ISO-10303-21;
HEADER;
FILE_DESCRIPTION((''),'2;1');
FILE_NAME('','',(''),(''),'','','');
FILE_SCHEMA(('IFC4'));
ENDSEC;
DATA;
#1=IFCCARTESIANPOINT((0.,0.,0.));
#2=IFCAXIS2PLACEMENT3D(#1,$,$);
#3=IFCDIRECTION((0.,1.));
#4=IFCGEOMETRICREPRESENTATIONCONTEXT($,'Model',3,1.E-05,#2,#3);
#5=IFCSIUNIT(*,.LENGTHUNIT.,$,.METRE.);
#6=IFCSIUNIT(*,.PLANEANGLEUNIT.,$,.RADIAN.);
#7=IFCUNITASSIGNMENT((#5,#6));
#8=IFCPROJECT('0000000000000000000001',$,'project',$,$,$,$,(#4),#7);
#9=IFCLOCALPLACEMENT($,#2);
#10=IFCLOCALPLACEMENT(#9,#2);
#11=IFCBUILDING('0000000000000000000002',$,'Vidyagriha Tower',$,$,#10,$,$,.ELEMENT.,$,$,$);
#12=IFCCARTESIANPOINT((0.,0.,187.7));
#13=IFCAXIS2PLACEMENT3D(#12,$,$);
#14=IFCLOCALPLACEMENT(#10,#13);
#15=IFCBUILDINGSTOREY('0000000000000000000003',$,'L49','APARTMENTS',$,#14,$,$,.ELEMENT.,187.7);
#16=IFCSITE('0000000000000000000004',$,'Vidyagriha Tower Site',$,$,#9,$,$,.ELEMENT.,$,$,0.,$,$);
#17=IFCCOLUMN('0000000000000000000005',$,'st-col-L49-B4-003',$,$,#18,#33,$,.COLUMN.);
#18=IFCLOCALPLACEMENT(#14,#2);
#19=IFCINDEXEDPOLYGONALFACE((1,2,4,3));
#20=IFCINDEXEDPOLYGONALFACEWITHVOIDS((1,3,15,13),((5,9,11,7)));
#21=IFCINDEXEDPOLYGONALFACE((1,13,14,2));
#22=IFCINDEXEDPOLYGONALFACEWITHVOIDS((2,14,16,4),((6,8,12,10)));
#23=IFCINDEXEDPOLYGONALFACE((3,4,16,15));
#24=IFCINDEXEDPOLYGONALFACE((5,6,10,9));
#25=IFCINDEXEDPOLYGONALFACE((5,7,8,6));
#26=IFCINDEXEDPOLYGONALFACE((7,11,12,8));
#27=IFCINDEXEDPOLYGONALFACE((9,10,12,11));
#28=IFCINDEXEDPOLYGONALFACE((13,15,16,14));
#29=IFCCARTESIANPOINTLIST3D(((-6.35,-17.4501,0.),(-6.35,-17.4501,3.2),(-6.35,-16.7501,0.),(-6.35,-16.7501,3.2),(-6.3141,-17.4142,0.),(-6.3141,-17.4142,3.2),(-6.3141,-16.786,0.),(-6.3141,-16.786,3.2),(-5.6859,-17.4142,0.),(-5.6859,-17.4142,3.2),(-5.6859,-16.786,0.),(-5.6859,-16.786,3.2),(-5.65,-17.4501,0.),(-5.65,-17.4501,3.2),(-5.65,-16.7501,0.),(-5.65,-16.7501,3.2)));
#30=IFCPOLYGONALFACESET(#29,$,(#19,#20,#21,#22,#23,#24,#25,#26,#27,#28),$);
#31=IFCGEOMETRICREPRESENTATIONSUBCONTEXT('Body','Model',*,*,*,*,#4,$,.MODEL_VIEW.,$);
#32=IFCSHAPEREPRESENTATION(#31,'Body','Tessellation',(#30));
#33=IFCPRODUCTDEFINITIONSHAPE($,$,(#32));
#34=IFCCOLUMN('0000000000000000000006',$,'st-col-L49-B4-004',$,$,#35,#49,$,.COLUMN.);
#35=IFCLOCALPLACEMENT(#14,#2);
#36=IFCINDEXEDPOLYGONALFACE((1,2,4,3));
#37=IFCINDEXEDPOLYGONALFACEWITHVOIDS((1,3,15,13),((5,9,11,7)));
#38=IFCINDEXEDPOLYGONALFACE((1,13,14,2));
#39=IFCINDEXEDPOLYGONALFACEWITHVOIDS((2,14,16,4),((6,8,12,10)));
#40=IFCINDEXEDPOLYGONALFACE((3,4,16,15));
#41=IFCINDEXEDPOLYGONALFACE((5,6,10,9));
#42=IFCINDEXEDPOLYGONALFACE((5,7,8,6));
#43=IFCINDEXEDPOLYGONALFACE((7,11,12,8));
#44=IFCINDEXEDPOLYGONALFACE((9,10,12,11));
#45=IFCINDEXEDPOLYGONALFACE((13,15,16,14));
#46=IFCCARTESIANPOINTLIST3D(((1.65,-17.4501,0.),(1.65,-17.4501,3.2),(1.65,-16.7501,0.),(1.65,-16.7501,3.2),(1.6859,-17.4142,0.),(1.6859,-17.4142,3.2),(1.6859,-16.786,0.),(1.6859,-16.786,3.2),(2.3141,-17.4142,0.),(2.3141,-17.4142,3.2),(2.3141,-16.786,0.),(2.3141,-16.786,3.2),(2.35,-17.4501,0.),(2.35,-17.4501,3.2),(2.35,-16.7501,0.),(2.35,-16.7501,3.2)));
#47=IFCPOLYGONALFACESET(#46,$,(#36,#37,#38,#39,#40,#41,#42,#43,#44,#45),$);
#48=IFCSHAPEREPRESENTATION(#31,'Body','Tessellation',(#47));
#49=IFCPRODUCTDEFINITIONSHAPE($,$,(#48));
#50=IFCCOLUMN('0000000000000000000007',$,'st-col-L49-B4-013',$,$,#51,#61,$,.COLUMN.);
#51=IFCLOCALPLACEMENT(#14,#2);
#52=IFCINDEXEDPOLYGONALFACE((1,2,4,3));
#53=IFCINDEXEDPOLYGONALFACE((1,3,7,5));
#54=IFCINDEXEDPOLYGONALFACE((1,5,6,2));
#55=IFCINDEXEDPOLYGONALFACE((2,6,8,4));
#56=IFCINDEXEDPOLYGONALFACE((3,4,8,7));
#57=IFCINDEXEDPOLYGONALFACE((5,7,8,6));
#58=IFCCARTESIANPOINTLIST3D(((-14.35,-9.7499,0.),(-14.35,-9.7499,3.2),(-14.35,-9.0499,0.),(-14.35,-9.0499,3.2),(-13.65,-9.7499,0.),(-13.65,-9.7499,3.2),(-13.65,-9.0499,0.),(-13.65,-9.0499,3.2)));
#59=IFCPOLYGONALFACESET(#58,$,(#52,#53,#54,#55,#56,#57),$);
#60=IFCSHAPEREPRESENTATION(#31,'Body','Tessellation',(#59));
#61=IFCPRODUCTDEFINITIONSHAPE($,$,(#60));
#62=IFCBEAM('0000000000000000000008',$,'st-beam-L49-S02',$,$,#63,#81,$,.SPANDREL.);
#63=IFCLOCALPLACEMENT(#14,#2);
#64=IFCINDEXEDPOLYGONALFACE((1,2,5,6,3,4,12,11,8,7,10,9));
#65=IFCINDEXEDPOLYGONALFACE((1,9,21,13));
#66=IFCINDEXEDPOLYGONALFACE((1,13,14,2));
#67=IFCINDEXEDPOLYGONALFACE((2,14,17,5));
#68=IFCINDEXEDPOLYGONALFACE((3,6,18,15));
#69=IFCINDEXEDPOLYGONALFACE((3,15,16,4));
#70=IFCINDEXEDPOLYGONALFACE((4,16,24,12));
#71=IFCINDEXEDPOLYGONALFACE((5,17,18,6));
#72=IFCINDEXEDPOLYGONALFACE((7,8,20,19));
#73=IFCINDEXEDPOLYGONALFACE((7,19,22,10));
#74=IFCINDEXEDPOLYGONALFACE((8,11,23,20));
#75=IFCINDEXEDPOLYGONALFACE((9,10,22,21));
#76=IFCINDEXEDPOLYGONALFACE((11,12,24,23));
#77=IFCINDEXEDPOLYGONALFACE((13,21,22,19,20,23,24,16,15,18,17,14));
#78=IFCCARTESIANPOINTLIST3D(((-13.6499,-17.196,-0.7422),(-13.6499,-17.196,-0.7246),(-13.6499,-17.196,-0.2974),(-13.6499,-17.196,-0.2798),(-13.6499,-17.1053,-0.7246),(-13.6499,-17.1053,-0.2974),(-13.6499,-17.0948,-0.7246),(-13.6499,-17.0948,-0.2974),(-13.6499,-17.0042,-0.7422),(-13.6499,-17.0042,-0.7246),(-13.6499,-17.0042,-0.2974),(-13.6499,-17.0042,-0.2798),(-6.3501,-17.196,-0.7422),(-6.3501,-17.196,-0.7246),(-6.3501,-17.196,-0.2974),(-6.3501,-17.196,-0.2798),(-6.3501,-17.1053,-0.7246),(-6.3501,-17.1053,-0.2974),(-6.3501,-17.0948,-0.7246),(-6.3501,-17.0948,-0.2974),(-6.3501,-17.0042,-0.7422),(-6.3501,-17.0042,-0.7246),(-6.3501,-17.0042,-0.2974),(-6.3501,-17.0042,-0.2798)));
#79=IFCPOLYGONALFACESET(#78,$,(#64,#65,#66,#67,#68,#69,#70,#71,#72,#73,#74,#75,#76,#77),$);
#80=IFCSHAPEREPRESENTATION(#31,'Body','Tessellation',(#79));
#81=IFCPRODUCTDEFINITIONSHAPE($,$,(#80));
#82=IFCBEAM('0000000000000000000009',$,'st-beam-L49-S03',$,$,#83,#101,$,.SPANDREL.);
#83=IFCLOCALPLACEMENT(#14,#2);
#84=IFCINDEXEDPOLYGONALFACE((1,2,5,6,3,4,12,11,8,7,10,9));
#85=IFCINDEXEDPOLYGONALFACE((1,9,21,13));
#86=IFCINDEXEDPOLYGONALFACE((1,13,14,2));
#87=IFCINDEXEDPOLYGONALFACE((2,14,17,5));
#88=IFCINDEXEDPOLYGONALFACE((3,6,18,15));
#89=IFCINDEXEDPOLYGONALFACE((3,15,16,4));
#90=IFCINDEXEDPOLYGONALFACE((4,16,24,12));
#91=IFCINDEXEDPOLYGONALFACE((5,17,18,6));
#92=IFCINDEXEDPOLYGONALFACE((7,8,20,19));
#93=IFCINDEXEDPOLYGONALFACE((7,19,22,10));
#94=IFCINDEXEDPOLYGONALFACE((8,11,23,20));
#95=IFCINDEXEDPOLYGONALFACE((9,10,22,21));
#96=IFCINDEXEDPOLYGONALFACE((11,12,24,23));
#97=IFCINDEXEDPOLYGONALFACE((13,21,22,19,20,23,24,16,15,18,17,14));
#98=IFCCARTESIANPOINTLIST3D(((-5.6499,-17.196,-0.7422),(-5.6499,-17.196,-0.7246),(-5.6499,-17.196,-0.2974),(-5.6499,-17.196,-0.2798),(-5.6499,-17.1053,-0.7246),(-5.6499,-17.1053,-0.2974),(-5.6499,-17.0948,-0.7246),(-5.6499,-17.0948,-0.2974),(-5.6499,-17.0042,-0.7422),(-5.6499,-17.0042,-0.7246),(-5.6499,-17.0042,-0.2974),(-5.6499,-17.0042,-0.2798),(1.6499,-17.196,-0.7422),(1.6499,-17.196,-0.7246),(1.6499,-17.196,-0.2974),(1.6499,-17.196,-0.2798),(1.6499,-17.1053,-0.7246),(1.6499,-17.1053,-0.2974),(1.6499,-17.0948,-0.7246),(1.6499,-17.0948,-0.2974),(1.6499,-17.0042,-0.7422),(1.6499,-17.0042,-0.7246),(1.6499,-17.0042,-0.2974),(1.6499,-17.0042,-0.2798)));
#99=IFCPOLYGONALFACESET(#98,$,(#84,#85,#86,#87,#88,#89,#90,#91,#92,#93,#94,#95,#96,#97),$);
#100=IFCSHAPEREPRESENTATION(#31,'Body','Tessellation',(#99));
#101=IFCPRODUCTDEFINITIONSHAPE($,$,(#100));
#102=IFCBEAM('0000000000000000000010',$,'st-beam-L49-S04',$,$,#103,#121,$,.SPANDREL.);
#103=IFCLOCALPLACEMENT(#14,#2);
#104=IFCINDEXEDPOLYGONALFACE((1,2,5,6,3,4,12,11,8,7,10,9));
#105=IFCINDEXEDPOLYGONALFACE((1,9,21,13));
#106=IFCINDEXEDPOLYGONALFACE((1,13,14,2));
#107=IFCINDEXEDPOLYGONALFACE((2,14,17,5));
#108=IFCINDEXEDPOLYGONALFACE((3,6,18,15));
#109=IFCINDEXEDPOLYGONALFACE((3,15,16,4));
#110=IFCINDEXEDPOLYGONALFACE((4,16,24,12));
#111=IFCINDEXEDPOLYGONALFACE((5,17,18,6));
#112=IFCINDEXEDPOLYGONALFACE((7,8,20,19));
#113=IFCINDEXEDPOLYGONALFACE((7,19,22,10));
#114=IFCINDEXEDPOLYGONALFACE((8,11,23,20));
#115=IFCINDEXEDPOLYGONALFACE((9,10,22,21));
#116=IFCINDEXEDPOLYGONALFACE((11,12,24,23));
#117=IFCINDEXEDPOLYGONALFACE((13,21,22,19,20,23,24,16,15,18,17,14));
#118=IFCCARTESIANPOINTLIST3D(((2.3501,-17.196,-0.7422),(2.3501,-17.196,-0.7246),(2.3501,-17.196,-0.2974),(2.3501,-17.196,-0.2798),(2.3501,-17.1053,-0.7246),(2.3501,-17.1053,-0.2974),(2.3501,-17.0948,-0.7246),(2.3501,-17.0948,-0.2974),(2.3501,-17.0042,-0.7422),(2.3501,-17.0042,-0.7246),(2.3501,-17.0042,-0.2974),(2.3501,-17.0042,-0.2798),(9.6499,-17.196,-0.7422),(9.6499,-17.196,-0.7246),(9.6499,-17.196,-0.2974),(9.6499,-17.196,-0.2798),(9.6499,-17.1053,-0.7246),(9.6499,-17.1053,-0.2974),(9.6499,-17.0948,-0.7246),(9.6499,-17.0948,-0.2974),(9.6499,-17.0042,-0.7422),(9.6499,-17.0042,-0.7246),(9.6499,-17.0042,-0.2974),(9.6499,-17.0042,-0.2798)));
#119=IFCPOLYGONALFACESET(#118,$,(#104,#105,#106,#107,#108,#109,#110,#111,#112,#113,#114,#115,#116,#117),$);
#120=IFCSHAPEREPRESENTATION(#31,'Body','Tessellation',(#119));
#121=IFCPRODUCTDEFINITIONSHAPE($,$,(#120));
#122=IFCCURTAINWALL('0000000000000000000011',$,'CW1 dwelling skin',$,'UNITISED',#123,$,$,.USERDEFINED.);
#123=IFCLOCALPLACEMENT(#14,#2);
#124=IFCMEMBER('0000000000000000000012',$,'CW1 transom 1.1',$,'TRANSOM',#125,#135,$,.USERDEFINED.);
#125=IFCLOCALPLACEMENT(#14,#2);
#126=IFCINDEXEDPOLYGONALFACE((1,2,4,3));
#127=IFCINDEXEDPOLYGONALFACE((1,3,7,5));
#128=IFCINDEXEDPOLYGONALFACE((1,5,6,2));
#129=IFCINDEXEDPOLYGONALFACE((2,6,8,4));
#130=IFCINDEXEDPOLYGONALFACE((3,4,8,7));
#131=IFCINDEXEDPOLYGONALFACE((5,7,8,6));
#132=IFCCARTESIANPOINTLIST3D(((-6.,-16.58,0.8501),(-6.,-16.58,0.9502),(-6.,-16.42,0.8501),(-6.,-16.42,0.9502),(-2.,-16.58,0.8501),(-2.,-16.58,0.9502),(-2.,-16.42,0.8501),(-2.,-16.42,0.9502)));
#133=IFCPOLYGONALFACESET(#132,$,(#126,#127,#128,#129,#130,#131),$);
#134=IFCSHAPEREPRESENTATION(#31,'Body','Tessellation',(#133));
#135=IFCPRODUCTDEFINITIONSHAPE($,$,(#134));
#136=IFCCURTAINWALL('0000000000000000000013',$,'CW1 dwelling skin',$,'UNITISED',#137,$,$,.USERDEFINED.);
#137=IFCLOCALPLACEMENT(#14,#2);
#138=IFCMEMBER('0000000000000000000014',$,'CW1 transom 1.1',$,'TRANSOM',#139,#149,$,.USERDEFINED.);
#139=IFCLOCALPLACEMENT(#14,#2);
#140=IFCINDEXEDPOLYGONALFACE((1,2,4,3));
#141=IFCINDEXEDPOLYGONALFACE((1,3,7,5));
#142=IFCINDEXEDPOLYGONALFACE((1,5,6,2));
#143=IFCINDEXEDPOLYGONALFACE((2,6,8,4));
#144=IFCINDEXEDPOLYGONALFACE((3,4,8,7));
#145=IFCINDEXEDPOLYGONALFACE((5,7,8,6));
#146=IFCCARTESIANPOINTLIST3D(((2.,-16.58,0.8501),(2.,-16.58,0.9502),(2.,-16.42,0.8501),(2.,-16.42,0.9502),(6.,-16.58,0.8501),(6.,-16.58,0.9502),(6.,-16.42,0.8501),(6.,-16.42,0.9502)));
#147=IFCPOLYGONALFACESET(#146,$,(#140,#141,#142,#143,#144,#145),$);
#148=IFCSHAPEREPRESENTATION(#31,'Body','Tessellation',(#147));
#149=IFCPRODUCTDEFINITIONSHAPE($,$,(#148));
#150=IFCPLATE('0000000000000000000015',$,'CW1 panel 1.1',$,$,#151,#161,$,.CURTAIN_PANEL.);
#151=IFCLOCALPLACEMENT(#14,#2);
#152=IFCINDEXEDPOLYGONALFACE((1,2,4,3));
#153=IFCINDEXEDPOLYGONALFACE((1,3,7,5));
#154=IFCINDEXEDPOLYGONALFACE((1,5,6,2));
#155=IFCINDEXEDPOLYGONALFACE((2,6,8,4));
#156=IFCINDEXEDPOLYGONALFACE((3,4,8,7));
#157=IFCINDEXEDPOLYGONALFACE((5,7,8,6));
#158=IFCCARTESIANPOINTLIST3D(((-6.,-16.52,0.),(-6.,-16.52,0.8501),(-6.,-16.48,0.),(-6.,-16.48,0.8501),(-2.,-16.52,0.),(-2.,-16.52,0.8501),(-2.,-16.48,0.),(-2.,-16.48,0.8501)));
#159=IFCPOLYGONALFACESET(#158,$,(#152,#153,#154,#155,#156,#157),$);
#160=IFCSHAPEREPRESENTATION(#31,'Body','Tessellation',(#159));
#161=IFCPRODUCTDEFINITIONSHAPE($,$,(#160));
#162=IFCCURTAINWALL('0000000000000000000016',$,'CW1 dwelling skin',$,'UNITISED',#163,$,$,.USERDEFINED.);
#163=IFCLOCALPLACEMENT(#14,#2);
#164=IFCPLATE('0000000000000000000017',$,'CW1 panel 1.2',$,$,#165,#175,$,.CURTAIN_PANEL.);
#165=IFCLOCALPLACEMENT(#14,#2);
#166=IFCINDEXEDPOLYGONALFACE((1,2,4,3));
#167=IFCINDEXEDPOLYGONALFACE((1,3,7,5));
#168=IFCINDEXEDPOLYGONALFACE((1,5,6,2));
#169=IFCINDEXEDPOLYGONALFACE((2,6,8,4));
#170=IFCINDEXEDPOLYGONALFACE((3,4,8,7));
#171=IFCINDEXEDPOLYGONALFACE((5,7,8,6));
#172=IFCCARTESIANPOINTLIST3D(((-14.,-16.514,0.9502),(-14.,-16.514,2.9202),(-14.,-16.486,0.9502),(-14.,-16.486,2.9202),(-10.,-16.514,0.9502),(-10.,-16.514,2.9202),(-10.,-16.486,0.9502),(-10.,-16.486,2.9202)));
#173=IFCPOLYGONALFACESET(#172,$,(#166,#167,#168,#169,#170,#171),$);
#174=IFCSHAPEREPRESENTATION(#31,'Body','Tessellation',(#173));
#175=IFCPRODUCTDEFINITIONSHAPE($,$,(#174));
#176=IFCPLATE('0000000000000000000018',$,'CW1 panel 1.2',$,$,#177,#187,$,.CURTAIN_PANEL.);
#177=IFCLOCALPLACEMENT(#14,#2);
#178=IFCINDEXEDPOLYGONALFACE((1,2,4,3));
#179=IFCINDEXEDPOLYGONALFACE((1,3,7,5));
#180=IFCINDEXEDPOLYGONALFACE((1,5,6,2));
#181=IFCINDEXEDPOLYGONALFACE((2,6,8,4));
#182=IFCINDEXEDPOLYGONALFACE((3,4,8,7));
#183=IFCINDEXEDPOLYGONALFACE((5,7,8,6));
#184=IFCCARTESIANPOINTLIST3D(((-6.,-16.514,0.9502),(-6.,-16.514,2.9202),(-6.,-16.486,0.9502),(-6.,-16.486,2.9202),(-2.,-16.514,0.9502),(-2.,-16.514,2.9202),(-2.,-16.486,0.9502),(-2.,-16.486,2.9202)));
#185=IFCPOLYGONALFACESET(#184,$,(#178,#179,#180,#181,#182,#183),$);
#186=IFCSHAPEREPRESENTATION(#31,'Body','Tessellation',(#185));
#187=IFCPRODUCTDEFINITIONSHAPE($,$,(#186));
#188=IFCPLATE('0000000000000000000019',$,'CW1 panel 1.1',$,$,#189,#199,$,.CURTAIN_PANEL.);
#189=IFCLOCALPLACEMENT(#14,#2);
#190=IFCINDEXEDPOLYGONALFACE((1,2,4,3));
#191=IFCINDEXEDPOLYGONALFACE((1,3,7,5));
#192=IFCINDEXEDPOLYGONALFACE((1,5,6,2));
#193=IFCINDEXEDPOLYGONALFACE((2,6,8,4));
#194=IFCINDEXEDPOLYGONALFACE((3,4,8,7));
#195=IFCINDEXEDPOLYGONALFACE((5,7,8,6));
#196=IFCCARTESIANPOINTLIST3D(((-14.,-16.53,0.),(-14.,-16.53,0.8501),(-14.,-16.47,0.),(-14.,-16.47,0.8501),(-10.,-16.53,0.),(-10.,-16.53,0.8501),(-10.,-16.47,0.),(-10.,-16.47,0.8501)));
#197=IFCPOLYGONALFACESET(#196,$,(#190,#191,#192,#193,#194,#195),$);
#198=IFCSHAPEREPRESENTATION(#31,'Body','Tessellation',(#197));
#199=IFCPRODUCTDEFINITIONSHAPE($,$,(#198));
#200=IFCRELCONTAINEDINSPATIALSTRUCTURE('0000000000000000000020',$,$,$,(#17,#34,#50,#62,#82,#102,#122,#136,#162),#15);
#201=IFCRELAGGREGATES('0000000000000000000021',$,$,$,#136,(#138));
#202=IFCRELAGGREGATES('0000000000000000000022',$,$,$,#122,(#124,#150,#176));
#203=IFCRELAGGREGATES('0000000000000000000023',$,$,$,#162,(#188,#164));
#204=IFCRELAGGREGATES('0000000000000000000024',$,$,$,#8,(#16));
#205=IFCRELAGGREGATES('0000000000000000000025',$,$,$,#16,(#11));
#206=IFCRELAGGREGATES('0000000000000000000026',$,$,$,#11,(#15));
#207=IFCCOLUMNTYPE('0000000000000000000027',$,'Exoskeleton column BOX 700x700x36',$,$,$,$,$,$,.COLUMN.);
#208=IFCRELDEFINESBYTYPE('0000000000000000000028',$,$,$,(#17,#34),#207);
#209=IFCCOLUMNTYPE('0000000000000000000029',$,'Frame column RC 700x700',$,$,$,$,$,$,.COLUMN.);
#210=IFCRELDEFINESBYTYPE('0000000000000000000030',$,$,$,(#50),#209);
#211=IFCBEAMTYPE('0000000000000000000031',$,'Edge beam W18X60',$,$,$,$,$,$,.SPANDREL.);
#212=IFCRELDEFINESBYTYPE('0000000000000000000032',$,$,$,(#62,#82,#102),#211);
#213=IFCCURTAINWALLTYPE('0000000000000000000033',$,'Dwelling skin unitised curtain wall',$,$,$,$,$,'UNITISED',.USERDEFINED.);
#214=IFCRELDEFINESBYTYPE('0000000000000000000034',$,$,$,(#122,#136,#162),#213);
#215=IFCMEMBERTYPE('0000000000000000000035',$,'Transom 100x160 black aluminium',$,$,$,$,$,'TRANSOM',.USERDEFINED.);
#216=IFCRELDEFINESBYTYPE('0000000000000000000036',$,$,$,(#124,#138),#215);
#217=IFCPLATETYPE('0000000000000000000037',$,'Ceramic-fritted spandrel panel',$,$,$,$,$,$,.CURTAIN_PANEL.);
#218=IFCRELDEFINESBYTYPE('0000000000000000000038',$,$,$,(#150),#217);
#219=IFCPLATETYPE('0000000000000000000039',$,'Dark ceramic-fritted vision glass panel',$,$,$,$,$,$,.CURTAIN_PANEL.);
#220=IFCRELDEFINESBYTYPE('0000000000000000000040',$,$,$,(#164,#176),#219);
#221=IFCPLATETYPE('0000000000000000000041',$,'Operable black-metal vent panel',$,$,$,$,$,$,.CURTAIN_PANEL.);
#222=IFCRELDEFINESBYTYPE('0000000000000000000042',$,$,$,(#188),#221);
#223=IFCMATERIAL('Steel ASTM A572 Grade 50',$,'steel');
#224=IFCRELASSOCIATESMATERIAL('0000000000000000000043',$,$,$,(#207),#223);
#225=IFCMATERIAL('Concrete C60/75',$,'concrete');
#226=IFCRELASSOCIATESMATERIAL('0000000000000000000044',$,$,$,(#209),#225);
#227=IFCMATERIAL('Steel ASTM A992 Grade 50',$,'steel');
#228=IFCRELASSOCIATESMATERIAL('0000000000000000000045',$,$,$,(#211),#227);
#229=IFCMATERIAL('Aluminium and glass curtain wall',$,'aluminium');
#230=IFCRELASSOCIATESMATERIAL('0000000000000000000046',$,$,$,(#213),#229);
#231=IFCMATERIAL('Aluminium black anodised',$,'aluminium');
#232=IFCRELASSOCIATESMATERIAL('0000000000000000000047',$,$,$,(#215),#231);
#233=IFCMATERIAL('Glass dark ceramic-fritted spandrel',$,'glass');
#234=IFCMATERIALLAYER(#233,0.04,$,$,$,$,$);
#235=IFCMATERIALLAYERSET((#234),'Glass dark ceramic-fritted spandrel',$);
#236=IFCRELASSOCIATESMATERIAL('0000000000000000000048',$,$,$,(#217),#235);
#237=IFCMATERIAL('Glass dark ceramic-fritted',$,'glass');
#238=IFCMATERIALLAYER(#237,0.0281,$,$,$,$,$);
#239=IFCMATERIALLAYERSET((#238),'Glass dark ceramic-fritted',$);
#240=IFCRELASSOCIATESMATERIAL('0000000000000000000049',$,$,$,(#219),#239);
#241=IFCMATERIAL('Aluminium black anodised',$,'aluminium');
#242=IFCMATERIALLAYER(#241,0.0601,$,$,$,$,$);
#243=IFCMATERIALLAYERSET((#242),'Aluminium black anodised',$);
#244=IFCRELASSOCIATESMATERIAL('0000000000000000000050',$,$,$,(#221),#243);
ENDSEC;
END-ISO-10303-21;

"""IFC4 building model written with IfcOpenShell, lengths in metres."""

from ifc_helpers import new_model, si_unit, direction, frame, origin, origin_2d, place, context, subcontext, project, spatial, rectangle, hollow_rectangle, i_section, extrude, material, layer, layer_set, material_profile, profile_set, type_object, element, aggregate, save


model = new_model("IFC4")

# Units and contexts
model_context = context("Model", 3, precision=1e-05, world=origin(), true_north=direction((0.0, 1.0)))
body_context = subcontext(model_context, "Body", "Model", "MODEL_VIEW")
ifc_project = project(units=[si_unit("LENGTHUNIT", "METRE"), si_unit("PLANEANGLEUNIT", "RADIAN")], contexts=[model_context])

# Site, building, storey
site_placement = place(None, origin())
site = spatial("IfcSite", under=ifc_project, at=site_placement, Name="Vidyagriha Tower Site", CompositionType="ELEMENT", RefElevation=0.0)
building_placement = place(site_placement, origin())
building = spatial("IfcBuilding", under=site, at=building_placement, Name="Vidyagriha Tower", CompositionType="ELEMENT")
storey_placement = place(building_placement, frame((0.0, 0.0, 187.7)))
storey = spatial("IfcBuildingStorey", under=building, at=storey_placement, Name="L49", Description="APARTMENTS", CompositionType="ELEMENT", Elevation=187.7)

# Columns
ifc_material_1 = material(Name="Steel ASTM A572 Grade 50", Category="steel")
ifc_material_profile_1 = material_profile(ifc_material_1, hollow_rectangle(XDim=0.7, YDim=0.7, WallThickness=0.0359, at=origin_2d()), Name="BOX 700x700x36")
ifc_profile_set_1 = profile_set([ifc_material_profile_1], Name="Steel ASTM A572 Grade 50")
column_type_1 = type_object("IfcColumnType", Name="Exoskeleton column BOX 700x700x36", PredefinedType="COLUMN", material=ifc_profile_set_1)
for number, where, name in (
    (1, (-6.0, -17.1001, 0.0), "st-col-L49-B4-003"),
    (2, (2.0, -17.1001, 0.0), "st-col-L49-B4-004"),
):
    element("IfcColumn", number, at=place(storey_placement, frame(where)), inside=storey, type_object=column_type_1, Name=name, PredefinedType="COLUMN", context=body_context, shape_type="SweptSolid", body=[
        extrude(hollow_rectangle(XDim=0.7, YDim=0.7, WallThickness=0.0359, at=origin_2d()), origin(), (0.0, 0.0, 1.0), 3.2),
    ])
ifc_material_2 = material(Name="Concrete C60/75", Category="concrete")
ifc_material_profile_2 = material_profile(ifc_material_2, rectangle(XDim=0.7, YDim=0.7, at=origin_2d()), Name="RC 700x700")
ifc_profile_set_2 = profile_set([ifc_material_profile_2], Name="Concrete C60/75")
column_type_2 = type_object("IfcColumnType", Name="Frame column RC 700x700", PredefinedType="COLUMN", material=ifc_profile_set_2)
column_placement = place(storey_placement, frame((-14.0, -9.3999, 0.0)))
element("IfcColumn", 3, at=column_placement, inside=storey, type_object=column_type_2, Name="st-col-L49-B4-013", PredefinedType="COLUMN", context=body_context, shape_type="SweptSolid", body=[
    extrude(rectangle(XDim=0.7, YDim=0.7, at=origin_2d()), origin(), (0.0, 0.0, 1.0), 3.2),
])

# Beams
ifc_material_3 = material(Name="Steel ASTM A992 Grade 50", Category="steel")
ifc_material_profile_3 = material_profile(ifc_material_3, i_section(OverallWidth=0.1919, OverallDepth=0.4624, WebThickness=0.0105, FlangeThickness=0.0176, at=origin_2d()), Name="W18X60")
ifc_profile_set_3 = profile_set([ifc_material_profile_3], Name="Steel ASTM A992 Grade 50")
beam_type = type_object("IfcBeamType", Name="Edge beam W18X60", PredefinedType="SPANDREL", material=ifc_profile_set_3)
for number, where, z_axis, x_axis, name in (
    (4, (-13.6499, -17.1001, -0.511), (1.0, 0.0, 0.0), (0.0, 1.0, 0.0), "st-beam-L49-S02"),
    (5, (-5.6499, -17.1001, -0.511), (1.0, 0.0, 0.0), (0.0, 1.0, 0.0), "st-beam-L49-S03"),
    (6, (2.3501, -17.1001, -0.511), (1.0, 0.0, 0.0), (0.0, 1.0, 0.0), "st-beam-L49-S04"),
):
    element("IfcBeam", number, at=place(storey_placement, frame(where, z_axis=z_axis, x_axis=x_axis)), inside=storey, type_object=beam_type, Name=name, PredefinedType="SPANDREL", context=body_context, shape_type="SweptSolid", body=[
        extrude(i_section(OverallWidth=0.1919, OverallDepth=0.4624, WebThickness=0.0105, FlangeThickness=0.0176, at=origin_2d()), origin(), (0.0, 0.0, 1.0), 7.2998),
    ])

# Curtain walls, members
ifc_material_4 = material(Name="Aluminium and glass curtain wall", Category="aluminium")
curtain_wall_type = type_object("IfcCurtainWallType", Name="Dwelling skin unitised curtain wall", ElementType="UNITISED", PredefinedType="USERDEFINED", material=ifc_material_4)
curtain_wall_1_placement = place(storey_placement, origin())
curtain_wall_1 = element("IfcCurtainWall", 7, at=curtain_wall_1_placement, inside=storey, type_object=curtain_wall_type, Name="CW1 dwelling skin", ObjectType="UNITISED", PredefinedType="USERDEFINED")
ifc_material_5 = material(Name="Aluminium black anodised", Category="aluminium")
ifc_material_profile_4 = material_profile(ifc_material_5, rectangle(XDim=0.1599, YDim=0.1001, at=origin_2d()), Name="Transom 100x160 black aluminium")
ifc_profile_set_4 = profile_set([ifc_material_profile_4], Name="Aluminium black anodised")
member_type = type_object("IfcMemberType", Name="Transom 100x160 black aluminium", ElementType="TRANSOM", PredefinedType="USERDEFINED", material=ifc_profile_set_4)
member_1_placement = place(storey_placement, frame((-6.0, -16.5, 0.9001), z_axis=(1.0, 0.0, 0.0), x_axis=(0.0, 1.0, 0.0)))
member_1 = element("IfcMember", 8, at=member_1_placement, type_object=member_type, Name="CW1 transom 1.1", ObjectType="TRANSOM", PredefinedType="USERDEFINED", context=body_context, shape_type="SweptSolid", body=[
    extrude(rectangle(XDim=0.1599, YDim=0.1001, at=origin_2d()), origin(), (0.0, 0.0, 1.0), 4.0),
])
curtain_wall_2_placement = place(storey_placement, origin())
curtain_wall_2 = element("IfcCurtainWall", 9, at=curtain_wall_2_placement, inside=storey, type_object=curtain_wall_type, Name="CW1 dwelling skin", ObjectType="UNITISED", PredefinedType="USERDEFINED")
member_2_placement = place(storey_placement, frame((2.0, -16.5, 0.9001), z_axis=(1.0, 0.0, 0.0), x_axis=(0.0, 1.0, 0.0)))
member_2 = element("IfcMember", 10, at=member_2_placement, type_object=member_type, Name="CW1 transom 1.1", ObjectType="TRANSOM", PredefinedType="USERDEFINED", context=body_context, shape_type="SweptSolid", body=[
    extrude(rectangle(XDim=0.1599, YDim=0.1001, at=origin_2d()), origin(), (0.0, 0.0, 1.0), 4.0),
])
aggregate(curtain_wall_2, [member_2])

# Plate
ifc_material_6 = material(Name="Glass dark ceramic-fritted spandrel", Category="glass")
ifc_layer_1 = layer(ifc_material_6, 0.04)
ifc_layer_set_1 = layer_set([ifc_layer_1], Name="Glass dark ceramic-fritted spandrel")
plate_type_1 = type_object("IfcPlateType", Name="Ceramic-fritted spandrel panel", PredefinedType="CURTAIN_PANEL", material=ifc_layer_set_1)
plate_1_placement = place(storey_placement, frame((-4.0, -16.5, 0.0)))
plate_1 = element("IfcPlate", 11, at=plate_1_placement, type_object=plate_type_1, Name="CW1 panel 1.1", PredefinedType="CURTAIN_PANEL", context=body_context, shape_type="SweptSolid", body=[
    extrude(rectangle(XDim=4.0, YDim=0.04, at=origin_2d()), origin(), (0.0, 0.0, 1.0), 0.8501),
])

# Curtain wall, plate
curtain_wall_3_placement = place(storey_placement, origin())
curtain_wall_3 = element("IfcCurtainWall", 12, at=curtain_wall_3_placement, inside=storey, type_object=curtain_wall_type, Name="CW1 dwelling skin", ObjectType="UNITISED", PredefinedType="USERDEFINED")
ifc_material_7 = material(Name="Glass dark ceramic-fritted", Category="glass")
ifc_layer_2 = layer(ifc_material_7, 0.0281)
ifc_layer_set_2 = layer_set([ifc_layer_2], Name="Glass dark ceramic-fritted")
plate_type_2 = type_object("IfcPlateType", Name="Dark ceramic-fritted vision glass panel", PredefinedType="CURTAIN_PANEL", material=ifc_layer_set_2)
plate_2_placement = place(storey_placement, frame((-12.0, -16.5, 0.9502)))
plate_2 = element("IfcPlate", 13, at=plate_2_placement, type_object=plate_type_2, Name="CW1 panel 1.2", PredefinedType="CURTAIN_PANEL", context=body_context, shape_type="SweptSolid", body=[
    extrude(rectangle(XDim=4.0, YDim=0.0281, at=origin_2d()), origin(), (0.0, 0.0, 1.0), 1.97),
])

# Plates
plate_3_placement = place(storey_placement, frame((-4.0, -16.5, 0.9502)))
plate_3 = element("IfcPlate", 14, at=plate_3_placement, type_object=plate_type_2, Name="CW1 panel 1.2", PredefinedType="CURTAIN_PANEL", context=body_context, shape_type="SweptSolid", body=[
    extrude(rectangle(XDim=4.0, YDim=0.0281, at=origin_2d()), origin(), (0.0, 0.0, 1.0), 1.97),
])
aggregate(curtain_wall_1, [member_1, plate_1, plate_3])
ifc_material_8 = material(Name="Aluminium black anodised", Category="aluminium")
ifc_layer_3 = layer(ifc_material_8, 0.0601)
ifc_layer_set_3 = layer_set([ifc_layer_3], Name="Aluminium black anodised")
plate_type_3 = type_object("IfcPlateType", Name="Operable black-metal vent panel", PredefinedType="CURTAIN_PANEL", material=ifc_layer_set_3)
plate_4_placement = place(storey_placement, frame((-12.0, -16.5, 0.0)))
plate_4 = element("IfcPlate", 15, at=plate_4_placement, type_object=plate_type_3, Name="CW1 panel 1.1", PredefinedType="CURTAIN_PANEL", context=body_context, shape_type="SweptSolid", body=[
    extrude(rectangle(XDim=4.0, YDim=0.0601, at=origin_2d()), origin(), (0.0, 0.0, 1.0), 0.8501),
])
aggregate(curtain_wall_3, [plate_4, plate_2])

save(model, "model.ifc")
